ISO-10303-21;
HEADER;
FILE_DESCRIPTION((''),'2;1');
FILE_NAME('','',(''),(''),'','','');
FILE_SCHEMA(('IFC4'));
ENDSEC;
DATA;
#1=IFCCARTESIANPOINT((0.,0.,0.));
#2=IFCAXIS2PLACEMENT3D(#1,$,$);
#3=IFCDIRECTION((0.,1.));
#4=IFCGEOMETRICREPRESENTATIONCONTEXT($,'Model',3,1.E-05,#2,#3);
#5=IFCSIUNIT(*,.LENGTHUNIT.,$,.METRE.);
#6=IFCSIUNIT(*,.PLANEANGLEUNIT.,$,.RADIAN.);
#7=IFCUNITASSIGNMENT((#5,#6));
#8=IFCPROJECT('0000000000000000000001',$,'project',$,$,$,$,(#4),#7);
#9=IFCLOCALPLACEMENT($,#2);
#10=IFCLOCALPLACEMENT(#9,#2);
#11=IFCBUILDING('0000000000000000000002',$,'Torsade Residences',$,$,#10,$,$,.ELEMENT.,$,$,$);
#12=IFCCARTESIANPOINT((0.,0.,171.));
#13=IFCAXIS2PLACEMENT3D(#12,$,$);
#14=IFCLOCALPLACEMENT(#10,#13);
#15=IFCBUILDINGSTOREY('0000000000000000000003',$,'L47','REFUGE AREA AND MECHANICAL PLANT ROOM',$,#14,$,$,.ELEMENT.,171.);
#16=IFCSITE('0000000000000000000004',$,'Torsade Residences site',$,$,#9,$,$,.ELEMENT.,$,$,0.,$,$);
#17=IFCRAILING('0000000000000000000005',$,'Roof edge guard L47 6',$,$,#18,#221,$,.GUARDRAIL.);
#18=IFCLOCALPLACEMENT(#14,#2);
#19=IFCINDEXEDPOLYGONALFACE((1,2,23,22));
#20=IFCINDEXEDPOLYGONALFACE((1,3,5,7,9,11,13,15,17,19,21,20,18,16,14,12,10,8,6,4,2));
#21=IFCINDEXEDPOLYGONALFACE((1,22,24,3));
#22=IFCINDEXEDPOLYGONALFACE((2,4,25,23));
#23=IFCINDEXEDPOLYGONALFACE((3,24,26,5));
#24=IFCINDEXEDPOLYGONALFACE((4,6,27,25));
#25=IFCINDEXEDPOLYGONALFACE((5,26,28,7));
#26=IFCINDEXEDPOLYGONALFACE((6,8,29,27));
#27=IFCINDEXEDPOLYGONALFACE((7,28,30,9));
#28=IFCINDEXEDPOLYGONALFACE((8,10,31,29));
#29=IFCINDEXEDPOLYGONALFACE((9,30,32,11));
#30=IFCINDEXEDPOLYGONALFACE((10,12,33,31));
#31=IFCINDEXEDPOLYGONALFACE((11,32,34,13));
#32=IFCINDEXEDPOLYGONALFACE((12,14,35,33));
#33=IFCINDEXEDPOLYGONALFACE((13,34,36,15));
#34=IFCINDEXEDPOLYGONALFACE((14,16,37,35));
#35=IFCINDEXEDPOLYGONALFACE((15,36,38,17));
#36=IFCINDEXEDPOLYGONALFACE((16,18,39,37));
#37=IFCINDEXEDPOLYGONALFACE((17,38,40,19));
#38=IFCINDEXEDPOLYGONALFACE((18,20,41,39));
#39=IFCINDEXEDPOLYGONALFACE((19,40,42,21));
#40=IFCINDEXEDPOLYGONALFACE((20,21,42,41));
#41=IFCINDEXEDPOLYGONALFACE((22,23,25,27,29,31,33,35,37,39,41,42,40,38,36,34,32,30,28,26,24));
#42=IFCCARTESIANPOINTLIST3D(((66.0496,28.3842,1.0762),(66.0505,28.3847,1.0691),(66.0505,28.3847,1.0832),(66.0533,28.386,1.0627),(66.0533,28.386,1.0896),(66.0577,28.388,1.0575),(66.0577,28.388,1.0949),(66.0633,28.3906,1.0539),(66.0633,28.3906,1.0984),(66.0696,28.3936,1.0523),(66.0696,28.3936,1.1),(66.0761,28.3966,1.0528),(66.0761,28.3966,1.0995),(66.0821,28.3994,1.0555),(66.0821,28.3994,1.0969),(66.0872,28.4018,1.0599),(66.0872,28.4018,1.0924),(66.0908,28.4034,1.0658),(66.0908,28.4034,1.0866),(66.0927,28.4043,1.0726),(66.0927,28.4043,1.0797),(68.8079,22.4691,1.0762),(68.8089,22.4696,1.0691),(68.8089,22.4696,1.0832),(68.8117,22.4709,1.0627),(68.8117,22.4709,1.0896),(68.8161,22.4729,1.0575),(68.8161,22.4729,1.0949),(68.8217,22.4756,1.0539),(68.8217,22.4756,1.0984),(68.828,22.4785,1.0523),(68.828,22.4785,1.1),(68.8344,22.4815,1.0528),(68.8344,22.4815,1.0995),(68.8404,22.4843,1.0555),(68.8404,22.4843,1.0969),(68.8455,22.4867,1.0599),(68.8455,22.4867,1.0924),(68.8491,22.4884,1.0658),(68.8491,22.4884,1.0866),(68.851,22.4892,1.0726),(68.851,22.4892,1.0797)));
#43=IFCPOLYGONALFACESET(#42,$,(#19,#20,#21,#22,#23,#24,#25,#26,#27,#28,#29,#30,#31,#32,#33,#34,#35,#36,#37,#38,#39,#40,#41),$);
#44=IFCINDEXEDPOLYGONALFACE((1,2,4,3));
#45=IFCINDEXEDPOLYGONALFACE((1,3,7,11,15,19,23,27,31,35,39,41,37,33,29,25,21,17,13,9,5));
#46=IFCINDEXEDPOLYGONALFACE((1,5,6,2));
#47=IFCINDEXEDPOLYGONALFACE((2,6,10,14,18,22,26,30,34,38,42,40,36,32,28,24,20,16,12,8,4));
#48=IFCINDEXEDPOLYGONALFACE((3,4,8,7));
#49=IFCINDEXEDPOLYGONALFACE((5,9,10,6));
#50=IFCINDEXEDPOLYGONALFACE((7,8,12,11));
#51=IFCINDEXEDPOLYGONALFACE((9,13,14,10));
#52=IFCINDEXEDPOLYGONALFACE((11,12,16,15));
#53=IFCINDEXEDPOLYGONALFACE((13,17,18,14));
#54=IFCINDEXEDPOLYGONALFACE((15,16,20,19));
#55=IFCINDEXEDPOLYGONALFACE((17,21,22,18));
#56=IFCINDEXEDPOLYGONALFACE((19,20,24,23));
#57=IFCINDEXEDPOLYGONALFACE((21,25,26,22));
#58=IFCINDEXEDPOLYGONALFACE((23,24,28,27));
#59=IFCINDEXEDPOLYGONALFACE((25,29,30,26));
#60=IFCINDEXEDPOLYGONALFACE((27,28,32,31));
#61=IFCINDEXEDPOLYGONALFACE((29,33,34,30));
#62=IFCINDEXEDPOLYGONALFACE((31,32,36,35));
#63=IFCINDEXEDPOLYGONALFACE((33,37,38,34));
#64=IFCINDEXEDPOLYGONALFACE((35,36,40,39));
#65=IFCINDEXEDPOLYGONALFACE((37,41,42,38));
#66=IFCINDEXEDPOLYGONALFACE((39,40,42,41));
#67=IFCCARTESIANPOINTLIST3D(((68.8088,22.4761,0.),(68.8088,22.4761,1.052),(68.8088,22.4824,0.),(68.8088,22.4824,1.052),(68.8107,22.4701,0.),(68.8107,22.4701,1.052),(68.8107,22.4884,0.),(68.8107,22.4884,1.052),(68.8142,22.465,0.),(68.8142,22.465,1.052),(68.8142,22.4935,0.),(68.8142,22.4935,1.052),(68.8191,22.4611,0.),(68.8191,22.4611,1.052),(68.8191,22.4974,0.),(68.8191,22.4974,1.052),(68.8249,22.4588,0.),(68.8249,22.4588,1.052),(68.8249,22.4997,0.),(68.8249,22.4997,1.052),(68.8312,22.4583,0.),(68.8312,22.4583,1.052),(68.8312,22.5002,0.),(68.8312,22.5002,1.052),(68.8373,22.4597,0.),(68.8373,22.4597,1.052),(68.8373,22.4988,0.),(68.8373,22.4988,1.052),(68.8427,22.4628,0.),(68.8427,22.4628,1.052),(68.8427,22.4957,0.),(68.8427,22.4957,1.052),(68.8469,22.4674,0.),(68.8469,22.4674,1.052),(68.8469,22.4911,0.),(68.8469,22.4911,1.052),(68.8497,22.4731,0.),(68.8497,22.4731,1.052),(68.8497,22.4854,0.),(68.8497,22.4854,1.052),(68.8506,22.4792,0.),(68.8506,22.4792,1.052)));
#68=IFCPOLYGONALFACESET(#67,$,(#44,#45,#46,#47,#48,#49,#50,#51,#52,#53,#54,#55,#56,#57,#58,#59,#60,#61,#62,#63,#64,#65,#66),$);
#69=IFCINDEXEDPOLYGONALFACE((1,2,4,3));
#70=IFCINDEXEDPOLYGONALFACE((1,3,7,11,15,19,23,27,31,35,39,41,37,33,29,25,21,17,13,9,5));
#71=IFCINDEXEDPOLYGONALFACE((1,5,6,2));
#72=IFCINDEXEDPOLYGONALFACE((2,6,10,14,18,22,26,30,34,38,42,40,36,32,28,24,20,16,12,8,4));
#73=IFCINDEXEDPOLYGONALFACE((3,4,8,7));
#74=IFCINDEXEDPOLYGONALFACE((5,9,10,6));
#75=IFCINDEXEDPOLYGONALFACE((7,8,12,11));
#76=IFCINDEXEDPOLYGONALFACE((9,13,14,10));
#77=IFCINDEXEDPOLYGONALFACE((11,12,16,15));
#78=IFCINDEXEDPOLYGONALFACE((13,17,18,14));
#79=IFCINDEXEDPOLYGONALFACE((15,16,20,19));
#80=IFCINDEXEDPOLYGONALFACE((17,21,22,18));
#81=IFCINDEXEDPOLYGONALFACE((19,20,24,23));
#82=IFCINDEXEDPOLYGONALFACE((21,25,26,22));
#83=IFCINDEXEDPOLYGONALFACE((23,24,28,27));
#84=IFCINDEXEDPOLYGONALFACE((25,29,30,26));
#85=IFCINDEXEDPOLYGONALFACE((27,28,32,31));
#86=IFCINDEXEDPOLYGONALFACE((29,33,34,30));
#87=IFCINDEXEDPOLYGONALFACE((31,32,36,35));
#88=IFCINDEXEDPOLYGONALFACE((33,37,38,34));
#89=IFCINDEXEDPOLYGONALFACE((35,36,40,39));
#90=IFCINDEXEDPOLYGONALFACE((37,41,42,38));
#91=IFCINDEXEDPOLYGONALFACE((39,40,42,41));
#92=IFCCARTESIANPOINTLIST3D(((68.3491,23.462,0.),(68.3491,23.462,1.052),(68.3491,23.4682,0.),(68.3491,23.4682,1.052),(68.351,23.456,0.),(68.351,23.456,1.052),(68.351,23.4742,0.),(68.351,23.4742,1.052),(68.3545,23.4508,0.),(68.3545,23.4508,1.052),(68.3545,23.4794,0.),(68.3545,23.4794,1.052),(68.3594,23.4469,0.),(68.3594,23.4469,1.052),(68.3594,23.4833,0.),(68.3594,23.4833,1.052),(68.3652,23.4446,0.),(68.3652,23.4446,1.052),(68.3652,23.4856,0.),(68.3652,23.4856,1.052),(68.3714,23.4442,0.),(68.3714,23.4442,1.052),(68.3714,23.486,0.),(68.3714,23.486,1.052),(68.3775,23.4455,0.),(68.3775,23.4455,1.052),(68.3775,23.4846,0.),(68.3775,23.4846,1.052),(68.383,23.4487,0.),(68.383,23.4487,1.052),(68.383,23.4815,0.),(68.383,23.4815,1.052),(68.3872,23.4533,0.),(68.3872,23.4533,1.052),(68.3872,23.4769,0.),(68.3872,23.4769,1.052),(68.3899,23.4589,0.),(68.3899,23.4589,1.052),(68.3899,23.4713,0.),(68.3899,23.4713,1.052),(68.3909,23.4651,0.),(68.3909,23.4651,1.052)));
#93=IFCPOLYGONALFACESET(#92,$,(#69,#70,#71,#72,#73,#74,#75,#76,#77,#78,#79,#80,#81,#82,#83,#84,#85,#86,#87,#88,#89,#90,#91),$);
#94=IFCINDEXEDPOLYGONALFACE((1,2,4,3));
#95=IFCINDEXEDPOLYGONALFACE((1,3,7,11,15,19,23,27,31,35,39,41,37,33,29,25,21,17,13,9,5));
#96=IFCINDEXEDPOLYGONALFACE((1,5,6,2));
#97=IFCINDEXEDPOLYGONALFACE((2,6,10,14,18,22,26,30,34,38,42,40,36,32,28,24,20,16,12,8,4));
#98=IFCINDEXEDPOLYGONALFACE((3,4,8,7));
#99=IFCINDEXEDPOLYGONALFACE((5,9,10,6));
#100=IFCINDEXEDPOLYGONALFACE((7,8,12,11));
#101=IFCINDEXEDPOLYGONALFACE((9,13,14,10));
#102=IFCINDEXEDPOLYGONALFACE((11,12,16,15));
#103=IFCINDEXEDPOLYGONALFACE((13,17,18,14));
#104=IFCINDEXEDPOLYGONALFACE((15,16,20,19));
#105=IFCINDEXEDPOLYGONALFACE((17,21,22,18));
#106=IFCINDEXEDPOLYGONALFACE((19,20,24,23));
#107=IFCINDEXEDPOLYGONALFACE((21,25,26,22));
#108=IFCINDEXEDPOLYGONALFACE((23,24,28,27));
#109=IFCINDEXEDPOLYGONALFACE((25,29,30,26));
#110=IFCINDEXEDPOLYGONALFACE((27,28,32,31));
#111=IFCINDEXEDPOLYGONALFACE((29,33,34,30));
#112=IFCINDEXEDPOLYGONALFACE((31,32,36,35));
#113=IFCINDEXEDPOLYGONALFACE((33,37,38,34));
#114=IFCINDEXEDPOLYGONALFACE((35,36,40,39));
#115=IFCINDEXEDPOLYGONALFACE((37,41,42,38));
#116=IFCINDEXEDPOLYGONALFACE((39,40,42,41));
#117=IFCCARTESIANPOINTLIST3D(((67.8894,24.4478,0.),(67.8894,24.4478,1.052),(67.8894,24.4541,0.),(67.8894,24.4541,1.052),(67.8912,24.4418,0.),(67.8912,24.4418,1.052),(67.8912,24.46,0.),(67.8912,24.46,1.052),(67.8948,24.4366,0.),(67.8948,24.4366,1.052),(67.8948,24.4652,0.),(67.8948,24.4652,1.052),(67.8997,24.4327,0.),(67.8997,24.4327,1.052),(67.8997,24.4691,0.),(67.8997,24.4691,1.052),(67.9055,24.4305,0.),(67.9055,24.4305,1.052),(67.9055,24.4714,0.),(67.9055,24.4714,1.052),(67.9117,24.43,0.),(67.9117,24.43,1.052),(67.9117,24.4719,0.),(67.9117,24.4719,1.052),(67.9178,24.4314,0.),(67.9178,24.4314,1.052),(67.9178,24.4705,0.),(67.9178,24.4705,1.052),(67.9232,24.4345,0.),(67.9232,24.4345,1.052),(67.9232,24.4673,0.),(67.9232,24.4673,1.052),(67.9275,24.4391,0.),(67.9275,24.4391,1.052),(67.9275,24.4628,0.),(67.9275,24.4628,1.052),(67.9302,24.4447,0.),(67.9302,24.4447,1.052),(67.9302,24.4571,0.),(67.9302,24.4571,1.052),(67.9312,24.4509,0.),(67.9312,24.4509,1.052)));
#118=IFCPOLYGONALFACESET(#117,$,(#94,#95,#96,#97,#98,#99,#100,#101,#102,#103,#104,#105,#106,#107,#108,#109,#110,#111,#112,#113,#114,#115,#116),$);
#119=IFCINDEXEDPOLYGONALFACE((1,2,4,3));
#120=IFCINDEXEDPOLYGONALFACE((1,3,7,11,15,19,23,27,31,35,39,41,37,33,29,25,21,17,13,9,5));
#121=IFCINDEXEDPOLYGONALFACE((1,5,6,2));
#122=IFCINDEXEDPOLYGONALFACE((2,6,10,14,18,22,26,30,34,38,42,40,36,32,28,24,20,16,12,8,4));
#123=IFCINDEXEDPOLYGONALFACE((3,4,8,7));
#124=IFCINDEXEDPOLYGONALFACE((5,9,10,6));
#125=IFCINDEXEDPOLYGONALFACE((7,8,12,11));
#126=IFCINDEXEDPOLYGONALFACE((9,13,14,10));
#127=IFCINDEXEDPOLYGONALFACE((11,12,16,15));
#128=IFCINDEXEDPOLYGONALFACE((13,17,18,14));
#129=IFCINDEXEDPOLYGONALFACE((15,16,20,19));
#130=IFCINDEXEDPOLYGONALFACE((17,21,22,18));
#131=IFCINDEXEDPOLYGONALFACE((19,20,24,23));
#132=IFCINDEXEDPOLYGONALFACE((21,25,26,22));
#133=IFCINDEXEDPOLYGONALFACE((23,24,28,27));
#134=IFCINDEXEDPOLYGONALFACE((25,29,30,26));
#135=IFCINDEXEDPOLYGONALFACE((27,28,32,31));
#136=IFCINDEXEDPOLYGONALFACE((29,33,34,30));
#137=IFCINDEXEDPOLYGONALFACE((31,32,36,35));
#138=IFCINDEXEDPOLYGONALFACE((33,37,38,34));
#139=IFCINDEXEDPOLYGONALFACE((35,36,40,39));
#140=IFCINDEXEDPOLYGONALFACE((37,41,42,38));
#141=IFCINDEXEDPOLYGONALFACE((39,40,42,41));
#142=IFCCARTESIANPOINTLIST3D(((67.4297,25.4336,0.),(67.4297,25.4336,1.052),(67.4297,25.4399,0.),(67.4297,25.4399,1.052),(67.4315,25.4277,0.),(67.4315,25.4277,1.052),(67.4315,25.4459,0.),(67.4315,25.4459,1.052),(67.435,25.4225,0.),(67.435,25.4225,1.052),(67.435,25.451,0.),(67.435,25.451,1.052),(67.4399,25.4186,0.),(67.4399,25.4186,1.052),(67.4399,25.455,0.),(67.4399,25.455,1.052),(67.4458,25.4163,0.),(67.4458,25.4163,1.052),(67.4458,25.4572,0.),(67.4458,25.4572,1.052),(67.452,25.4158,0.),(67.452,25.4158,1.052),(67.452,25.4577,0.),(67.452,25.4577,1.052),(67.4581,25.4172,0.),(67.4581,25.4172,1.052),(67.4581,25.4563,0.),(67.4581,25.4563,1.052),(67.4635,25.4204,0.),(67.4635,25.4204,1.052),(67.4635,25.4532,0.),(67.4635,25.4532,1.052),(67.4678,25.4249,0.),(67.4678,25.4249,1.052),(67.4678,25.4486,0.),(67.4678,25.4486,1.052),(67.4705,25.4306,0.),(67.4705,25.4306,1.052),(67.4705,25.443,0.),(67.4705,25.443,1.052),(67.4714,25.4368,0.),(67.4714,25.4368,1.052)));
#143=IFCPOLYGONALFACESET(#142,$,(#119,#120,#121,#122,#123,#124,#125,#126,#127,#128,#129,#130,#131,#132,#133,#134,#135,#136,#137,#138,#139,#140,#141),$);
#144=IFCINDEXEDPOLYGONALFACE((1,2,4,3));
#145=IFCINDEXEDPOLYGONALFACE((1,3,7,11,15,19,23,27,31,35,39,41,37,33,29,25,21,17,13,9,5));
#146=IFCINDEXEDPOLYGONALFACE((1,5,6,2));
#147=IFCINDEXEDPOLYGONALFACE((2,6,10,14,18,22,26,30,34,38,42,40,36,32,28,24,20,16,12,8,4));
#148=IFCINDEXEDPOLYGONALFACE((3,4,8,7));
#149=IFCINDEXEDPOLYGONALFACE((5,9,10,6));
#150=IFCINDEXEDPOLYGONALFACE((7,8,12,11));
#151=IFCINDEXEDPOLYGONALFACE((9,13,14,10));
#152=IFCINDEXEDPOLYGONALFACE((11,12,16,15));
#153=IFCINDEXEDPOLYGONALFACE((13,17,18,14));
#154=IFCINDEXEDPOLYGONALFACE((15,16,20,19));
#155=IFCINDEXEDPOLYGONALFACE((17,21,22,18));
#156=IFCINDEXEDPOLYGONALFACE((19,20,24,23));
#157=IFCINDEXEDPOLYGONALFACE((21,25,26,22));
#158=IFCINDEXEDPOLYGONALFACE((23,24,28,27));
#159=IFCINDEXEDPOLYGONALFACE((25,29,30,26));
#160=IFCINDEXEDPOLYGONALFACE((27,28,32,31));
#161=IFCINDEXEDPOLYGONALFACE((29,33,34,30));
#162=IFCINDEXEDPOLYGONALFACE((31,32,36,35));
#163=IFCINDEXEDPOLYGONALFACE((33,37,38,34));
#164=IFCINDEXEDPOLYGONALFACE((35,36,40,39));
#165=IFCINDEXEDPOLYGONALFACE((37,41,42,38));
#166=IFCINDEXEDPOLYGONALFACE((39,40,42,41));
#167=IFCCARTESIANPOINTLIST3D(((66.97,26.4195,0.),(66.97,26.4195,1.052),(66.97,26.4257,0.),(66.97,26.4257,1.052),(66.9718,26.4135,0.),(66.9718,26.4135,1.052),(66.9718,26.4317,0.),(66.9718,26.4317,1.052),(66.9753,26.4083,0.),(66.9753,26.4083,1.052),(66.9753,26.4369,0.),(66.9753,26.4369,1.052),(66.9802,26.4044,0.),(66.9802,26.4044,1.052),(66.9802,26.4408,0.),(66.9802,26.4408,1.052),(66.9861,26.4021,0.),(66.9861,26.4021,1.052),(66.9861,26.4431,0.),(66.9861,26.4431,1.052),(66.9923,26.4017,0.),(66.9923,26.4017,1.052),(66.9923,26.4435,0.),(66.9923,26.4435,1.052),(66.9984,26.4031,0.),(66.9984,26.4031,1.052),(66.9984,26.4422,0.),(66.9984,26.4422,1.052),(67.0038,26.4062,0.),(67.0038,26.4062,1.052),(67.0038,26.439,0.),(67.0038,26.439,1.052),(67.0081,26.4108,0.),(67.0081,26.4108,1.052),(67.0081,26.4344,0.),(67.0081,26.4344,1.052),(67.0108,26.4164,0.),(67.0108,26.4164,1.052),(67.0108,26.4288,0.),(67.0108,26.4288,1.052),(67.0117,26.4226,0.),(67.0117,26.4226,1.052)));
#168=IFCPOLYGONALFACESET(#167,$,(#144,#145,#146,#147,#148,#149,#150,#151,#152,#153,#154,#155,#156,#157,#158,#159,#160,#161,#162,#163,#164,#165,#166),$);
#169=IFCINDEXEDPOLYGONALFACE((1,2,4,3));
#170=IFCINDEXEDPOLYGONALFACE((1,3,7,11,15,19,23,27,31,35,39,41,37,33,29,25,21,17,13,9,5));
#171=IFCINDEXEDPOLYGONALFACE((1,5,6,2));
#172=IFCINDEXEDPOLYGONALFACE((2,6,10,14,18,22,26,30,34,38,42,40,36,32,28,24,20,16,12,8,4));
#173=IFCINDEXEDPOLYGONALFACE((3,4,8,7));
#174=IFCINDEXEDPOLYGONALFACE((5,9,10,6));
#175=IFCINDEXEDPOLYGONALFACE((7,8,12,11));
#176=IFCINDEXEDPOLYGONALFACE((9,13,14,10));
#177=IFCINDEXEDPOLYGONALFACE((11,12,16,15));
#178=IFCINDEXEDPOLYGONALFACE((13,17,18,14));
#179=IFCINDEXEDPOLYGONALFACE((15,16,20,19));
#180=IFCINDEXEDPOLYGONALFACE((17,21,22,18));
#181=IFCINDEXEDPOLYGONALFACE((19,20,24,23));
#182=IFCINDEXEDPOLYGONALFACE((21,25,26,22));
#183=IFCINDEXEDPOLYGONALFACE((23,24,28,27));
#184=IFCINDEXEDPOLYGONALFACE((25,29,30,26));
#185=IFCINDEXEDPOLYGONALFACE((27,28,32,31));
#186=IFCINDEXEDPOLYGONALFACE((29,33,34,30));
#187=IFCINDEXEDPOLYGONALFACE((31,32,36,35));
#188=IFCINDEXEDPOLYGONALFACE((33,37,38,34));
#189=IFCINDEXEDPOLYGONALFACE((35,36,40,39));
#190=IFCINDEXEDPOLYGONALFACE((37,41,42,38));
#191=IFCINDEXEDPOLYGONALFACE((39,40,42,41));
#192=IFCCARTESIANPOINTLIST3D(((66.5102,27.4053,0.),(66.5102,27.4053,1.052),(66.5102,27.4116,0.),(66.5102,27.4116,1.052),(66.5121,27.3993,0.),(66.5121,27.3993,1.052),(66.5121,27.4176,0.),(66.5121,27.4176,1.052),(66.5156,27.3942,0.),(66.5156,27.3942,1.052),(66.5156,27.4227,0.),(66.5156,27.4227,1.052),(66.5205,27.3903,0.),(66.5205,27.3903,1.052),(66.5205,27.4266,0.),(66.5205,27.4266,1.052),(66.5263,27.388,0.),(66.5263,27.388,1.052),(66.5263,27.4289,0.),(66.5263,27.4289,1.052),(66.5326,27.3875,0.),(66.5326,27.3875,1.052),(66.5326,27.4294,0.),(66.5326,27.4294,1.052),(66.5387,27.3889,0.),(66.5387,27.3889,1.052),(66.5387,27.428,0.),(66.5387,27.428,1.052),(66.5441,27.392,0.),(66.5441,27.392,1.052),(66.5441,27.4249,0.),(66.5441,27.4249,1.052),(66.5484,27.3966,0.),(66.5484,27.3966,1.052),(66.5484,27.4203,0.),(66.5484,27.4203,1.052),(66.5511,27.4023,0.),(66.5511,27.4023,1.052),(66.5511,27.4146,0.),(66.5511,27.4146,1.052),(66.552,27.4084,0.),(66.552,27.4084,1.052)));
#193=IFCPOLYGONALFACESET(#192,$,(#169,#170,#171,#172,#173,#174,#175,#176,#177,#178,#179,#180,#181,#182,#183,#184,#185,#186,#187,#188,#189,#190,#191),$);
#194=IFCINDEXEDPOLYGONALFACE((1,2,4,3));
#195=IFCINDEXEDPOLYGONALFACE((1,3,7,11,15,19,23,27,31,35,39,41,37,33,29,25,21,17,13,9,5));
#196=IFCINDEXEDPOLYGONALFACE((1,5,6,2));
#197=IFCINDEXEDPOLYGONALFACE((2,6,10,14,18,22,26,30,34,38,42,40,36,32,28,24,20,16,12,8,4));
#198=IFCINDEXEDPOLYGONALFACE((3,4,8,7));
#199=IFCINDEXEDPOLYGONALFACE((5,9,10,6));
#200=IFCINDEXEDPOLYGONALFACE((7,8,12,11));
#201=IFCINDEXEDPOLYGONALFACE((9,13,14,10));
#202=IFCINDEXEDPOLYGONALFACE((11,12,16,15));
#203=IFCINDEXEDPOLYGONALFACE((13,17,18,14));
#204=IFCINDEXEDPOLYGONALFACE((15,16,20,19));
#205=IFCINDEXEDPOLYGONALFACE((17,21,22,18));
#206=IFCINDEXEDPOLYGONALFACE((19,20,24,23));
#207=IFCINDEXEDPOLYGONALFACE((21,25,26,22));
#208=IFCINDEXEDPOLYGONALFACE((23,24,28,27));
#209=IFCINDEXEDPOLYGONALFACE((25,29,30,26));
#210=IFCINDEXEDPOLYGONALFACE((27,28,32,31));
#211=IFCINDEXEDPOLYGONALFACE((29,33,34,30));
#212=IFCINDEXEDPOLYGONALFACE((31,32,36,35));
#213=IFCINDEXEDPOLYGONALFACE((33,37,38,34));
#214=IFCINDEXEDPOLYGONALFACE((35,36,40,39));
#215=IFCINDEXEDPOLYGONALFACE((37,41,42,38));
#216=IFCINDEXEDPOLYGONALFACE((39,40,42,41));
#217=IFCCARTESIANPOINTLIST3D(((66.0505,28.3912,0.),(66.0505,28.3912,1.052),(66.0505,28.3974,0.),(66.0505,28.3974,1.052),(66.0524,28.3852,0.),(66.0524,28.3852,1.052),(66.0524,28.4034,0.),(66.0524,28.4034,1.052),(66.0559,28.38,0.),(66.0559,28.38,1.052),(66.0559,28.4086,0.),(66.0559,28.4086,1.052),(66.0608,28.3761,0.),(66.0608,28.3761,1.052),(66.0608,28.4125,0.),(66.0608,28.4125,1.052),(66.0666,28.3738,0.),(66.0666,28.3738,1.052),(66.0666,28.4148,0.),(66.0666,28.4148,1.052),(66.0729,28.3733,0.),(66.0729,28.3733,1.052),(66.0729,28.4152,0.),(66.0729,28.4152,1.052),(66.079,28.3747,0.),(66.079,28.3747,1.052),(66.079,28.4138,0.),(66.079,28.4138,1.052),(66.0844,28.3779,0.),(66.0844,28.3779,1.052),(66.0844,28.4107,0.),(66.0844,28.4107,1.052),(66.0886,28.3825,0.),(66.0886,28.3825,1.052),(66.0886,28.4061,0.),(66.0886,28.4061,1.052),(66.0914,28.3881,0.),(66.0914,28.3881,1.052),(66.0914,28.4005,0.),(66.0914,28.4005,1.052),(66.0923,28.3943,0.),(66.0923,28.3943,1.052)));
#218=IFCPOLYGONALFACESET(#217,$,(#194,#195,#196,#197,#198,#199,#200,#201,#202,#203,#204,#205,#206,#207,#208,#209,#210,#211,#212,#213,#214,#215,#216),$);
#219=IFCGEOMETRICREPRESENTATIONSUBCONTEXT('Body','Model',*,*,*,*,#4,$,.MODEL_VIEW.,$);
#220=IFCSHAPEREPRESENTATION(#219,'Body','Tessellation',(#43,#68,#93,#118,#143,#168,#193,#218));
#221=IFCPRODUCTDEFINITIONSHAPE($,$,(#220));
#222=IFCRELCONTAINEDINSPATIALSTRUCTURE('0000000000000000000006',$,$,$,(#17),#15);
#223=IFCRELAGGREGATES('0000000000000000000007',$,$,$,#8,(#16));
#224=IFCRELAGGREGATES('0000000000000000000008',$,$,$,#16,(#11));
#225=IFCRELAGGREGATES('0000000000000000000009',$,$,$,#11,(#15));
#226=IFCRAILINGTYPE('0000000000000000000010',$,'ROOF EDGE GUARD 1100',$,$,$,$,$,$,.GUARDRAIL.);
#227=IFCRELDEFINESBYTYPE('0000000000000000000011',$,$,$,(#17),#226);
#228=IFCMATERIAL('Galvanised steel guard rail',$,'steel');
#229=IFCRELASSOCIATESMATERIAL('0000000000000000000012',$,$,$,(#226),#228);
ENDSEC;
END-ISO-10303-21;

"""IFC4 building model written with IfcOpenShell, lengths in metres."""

from ifc_helpers import new_model, si_unit, direction, frame, origin, origin_2d, place, context, subcontext, project, spatial, circle, extrude, material, type_object, element, save


model = new_model("IFC4")

# Units and contexts
model_context = context("Model", 3, precision=1e-05, world=origin(), true_north=direction((0.0, 1.0)))
body_context = subcontext(model_context, "Body", "Model", "MODEL_VIEW")
ifc_project = project(units=[si_unit("LENGTHUNIT", "METRE"), si_unit("PLANEANGLEUNIT", "RADIAN")], contexts=[model_context])

# Site, building, storey
site_placement = place(None, origin())
site = spatial("IfcSite", under=ifc_project, at=site_placement, Name="Torsade Residences site", CompositionType="ELEMENT", RefElevation=0.0)
building_placement = place(site_placement, origin())
building = spatial("IfcBuilding", under=site, at=building_placement, Name="Torsade Residences", CompositionType="ELEMENT")
storey_placement = place(building_placement, frame((0.0, 0.0, 171.0)))
storey = spatial("IfcBuildingStorey", under=building, at=storey_placement, Name="L47", Description="REFUGE AREA AND MECHANICAL PLANT ROOM", CompositionType="ELEMENT", Elevation=171.0)

# Railing
ifc_material_1 = material(Name="Galvanised steel guard rail", Category="steel")
railing_type = type_object("IfcRailingType", Name="ROOF EDGE GUARD 1100", PredefinedType="GUARDRAIL", material=ifc_material_1)
railing_1_placement = place(storey_placement, frame((68.8296, 22.4792, 0.0)))
element("IfcRailing", 1, at=railing_1_placement, inside=storey, type_object=railing_type, Name="Roof edge guard L47 6", PredefinedType="GUARDRAIL", context=body_context, shape_type="SweptSolid", body=[
    extrude(circle(Radius=0.0239, at=origin_2d()), frame((0.0, 0.0, 1.0762), z_axis=(-0.422627, 0.906304, 0.0), x_axis=(-0.906304, -0.422627, 0.0)), (0.0, 0.0, 1.0), 6.5266),
    extrude(circle(Radius=0.021, at=origin_2d()), origin(), (0.0, 0.0, 1.0), 1.052),
    extrude(circle(Radius=0.021, at=origin_2d()), frame((-0.4597, 0.9858, 0.0)), (0.0, 0.0, 1.0), 1.052),
    extrude(circle(Radius=0.021, at=origin_2d()), frame((-0.9194, 1.9717, 0.0)), (0.0, 0.0, 1.0), 1.052),
    extrude(circle(Radius=0.021, at=origin_2d()), frame((-1.3792, 2.9575, 0.0)), (0.0, 0.0, 1.0), 1.052),
    extrude(circle(Radius=0.021, at=origin_2d()), frame((-1.8389, 3.9434, 0.0)), (0.0, 0.0, 1.0), 1.052),
    extrude(circle(Radius=0.021, at=origin_2d()), frame((-2.2986, 4.9292, 0.0)), (0.0, 0.0, 1.0), 1.052),
    extrude(circle(Radius=0.021, at=origin_2d()), frame((-2.7583, 5.915, 0.0)), (0.0, 0.0, 1.0), 1.052),
])

save(model, "model.ifc")
